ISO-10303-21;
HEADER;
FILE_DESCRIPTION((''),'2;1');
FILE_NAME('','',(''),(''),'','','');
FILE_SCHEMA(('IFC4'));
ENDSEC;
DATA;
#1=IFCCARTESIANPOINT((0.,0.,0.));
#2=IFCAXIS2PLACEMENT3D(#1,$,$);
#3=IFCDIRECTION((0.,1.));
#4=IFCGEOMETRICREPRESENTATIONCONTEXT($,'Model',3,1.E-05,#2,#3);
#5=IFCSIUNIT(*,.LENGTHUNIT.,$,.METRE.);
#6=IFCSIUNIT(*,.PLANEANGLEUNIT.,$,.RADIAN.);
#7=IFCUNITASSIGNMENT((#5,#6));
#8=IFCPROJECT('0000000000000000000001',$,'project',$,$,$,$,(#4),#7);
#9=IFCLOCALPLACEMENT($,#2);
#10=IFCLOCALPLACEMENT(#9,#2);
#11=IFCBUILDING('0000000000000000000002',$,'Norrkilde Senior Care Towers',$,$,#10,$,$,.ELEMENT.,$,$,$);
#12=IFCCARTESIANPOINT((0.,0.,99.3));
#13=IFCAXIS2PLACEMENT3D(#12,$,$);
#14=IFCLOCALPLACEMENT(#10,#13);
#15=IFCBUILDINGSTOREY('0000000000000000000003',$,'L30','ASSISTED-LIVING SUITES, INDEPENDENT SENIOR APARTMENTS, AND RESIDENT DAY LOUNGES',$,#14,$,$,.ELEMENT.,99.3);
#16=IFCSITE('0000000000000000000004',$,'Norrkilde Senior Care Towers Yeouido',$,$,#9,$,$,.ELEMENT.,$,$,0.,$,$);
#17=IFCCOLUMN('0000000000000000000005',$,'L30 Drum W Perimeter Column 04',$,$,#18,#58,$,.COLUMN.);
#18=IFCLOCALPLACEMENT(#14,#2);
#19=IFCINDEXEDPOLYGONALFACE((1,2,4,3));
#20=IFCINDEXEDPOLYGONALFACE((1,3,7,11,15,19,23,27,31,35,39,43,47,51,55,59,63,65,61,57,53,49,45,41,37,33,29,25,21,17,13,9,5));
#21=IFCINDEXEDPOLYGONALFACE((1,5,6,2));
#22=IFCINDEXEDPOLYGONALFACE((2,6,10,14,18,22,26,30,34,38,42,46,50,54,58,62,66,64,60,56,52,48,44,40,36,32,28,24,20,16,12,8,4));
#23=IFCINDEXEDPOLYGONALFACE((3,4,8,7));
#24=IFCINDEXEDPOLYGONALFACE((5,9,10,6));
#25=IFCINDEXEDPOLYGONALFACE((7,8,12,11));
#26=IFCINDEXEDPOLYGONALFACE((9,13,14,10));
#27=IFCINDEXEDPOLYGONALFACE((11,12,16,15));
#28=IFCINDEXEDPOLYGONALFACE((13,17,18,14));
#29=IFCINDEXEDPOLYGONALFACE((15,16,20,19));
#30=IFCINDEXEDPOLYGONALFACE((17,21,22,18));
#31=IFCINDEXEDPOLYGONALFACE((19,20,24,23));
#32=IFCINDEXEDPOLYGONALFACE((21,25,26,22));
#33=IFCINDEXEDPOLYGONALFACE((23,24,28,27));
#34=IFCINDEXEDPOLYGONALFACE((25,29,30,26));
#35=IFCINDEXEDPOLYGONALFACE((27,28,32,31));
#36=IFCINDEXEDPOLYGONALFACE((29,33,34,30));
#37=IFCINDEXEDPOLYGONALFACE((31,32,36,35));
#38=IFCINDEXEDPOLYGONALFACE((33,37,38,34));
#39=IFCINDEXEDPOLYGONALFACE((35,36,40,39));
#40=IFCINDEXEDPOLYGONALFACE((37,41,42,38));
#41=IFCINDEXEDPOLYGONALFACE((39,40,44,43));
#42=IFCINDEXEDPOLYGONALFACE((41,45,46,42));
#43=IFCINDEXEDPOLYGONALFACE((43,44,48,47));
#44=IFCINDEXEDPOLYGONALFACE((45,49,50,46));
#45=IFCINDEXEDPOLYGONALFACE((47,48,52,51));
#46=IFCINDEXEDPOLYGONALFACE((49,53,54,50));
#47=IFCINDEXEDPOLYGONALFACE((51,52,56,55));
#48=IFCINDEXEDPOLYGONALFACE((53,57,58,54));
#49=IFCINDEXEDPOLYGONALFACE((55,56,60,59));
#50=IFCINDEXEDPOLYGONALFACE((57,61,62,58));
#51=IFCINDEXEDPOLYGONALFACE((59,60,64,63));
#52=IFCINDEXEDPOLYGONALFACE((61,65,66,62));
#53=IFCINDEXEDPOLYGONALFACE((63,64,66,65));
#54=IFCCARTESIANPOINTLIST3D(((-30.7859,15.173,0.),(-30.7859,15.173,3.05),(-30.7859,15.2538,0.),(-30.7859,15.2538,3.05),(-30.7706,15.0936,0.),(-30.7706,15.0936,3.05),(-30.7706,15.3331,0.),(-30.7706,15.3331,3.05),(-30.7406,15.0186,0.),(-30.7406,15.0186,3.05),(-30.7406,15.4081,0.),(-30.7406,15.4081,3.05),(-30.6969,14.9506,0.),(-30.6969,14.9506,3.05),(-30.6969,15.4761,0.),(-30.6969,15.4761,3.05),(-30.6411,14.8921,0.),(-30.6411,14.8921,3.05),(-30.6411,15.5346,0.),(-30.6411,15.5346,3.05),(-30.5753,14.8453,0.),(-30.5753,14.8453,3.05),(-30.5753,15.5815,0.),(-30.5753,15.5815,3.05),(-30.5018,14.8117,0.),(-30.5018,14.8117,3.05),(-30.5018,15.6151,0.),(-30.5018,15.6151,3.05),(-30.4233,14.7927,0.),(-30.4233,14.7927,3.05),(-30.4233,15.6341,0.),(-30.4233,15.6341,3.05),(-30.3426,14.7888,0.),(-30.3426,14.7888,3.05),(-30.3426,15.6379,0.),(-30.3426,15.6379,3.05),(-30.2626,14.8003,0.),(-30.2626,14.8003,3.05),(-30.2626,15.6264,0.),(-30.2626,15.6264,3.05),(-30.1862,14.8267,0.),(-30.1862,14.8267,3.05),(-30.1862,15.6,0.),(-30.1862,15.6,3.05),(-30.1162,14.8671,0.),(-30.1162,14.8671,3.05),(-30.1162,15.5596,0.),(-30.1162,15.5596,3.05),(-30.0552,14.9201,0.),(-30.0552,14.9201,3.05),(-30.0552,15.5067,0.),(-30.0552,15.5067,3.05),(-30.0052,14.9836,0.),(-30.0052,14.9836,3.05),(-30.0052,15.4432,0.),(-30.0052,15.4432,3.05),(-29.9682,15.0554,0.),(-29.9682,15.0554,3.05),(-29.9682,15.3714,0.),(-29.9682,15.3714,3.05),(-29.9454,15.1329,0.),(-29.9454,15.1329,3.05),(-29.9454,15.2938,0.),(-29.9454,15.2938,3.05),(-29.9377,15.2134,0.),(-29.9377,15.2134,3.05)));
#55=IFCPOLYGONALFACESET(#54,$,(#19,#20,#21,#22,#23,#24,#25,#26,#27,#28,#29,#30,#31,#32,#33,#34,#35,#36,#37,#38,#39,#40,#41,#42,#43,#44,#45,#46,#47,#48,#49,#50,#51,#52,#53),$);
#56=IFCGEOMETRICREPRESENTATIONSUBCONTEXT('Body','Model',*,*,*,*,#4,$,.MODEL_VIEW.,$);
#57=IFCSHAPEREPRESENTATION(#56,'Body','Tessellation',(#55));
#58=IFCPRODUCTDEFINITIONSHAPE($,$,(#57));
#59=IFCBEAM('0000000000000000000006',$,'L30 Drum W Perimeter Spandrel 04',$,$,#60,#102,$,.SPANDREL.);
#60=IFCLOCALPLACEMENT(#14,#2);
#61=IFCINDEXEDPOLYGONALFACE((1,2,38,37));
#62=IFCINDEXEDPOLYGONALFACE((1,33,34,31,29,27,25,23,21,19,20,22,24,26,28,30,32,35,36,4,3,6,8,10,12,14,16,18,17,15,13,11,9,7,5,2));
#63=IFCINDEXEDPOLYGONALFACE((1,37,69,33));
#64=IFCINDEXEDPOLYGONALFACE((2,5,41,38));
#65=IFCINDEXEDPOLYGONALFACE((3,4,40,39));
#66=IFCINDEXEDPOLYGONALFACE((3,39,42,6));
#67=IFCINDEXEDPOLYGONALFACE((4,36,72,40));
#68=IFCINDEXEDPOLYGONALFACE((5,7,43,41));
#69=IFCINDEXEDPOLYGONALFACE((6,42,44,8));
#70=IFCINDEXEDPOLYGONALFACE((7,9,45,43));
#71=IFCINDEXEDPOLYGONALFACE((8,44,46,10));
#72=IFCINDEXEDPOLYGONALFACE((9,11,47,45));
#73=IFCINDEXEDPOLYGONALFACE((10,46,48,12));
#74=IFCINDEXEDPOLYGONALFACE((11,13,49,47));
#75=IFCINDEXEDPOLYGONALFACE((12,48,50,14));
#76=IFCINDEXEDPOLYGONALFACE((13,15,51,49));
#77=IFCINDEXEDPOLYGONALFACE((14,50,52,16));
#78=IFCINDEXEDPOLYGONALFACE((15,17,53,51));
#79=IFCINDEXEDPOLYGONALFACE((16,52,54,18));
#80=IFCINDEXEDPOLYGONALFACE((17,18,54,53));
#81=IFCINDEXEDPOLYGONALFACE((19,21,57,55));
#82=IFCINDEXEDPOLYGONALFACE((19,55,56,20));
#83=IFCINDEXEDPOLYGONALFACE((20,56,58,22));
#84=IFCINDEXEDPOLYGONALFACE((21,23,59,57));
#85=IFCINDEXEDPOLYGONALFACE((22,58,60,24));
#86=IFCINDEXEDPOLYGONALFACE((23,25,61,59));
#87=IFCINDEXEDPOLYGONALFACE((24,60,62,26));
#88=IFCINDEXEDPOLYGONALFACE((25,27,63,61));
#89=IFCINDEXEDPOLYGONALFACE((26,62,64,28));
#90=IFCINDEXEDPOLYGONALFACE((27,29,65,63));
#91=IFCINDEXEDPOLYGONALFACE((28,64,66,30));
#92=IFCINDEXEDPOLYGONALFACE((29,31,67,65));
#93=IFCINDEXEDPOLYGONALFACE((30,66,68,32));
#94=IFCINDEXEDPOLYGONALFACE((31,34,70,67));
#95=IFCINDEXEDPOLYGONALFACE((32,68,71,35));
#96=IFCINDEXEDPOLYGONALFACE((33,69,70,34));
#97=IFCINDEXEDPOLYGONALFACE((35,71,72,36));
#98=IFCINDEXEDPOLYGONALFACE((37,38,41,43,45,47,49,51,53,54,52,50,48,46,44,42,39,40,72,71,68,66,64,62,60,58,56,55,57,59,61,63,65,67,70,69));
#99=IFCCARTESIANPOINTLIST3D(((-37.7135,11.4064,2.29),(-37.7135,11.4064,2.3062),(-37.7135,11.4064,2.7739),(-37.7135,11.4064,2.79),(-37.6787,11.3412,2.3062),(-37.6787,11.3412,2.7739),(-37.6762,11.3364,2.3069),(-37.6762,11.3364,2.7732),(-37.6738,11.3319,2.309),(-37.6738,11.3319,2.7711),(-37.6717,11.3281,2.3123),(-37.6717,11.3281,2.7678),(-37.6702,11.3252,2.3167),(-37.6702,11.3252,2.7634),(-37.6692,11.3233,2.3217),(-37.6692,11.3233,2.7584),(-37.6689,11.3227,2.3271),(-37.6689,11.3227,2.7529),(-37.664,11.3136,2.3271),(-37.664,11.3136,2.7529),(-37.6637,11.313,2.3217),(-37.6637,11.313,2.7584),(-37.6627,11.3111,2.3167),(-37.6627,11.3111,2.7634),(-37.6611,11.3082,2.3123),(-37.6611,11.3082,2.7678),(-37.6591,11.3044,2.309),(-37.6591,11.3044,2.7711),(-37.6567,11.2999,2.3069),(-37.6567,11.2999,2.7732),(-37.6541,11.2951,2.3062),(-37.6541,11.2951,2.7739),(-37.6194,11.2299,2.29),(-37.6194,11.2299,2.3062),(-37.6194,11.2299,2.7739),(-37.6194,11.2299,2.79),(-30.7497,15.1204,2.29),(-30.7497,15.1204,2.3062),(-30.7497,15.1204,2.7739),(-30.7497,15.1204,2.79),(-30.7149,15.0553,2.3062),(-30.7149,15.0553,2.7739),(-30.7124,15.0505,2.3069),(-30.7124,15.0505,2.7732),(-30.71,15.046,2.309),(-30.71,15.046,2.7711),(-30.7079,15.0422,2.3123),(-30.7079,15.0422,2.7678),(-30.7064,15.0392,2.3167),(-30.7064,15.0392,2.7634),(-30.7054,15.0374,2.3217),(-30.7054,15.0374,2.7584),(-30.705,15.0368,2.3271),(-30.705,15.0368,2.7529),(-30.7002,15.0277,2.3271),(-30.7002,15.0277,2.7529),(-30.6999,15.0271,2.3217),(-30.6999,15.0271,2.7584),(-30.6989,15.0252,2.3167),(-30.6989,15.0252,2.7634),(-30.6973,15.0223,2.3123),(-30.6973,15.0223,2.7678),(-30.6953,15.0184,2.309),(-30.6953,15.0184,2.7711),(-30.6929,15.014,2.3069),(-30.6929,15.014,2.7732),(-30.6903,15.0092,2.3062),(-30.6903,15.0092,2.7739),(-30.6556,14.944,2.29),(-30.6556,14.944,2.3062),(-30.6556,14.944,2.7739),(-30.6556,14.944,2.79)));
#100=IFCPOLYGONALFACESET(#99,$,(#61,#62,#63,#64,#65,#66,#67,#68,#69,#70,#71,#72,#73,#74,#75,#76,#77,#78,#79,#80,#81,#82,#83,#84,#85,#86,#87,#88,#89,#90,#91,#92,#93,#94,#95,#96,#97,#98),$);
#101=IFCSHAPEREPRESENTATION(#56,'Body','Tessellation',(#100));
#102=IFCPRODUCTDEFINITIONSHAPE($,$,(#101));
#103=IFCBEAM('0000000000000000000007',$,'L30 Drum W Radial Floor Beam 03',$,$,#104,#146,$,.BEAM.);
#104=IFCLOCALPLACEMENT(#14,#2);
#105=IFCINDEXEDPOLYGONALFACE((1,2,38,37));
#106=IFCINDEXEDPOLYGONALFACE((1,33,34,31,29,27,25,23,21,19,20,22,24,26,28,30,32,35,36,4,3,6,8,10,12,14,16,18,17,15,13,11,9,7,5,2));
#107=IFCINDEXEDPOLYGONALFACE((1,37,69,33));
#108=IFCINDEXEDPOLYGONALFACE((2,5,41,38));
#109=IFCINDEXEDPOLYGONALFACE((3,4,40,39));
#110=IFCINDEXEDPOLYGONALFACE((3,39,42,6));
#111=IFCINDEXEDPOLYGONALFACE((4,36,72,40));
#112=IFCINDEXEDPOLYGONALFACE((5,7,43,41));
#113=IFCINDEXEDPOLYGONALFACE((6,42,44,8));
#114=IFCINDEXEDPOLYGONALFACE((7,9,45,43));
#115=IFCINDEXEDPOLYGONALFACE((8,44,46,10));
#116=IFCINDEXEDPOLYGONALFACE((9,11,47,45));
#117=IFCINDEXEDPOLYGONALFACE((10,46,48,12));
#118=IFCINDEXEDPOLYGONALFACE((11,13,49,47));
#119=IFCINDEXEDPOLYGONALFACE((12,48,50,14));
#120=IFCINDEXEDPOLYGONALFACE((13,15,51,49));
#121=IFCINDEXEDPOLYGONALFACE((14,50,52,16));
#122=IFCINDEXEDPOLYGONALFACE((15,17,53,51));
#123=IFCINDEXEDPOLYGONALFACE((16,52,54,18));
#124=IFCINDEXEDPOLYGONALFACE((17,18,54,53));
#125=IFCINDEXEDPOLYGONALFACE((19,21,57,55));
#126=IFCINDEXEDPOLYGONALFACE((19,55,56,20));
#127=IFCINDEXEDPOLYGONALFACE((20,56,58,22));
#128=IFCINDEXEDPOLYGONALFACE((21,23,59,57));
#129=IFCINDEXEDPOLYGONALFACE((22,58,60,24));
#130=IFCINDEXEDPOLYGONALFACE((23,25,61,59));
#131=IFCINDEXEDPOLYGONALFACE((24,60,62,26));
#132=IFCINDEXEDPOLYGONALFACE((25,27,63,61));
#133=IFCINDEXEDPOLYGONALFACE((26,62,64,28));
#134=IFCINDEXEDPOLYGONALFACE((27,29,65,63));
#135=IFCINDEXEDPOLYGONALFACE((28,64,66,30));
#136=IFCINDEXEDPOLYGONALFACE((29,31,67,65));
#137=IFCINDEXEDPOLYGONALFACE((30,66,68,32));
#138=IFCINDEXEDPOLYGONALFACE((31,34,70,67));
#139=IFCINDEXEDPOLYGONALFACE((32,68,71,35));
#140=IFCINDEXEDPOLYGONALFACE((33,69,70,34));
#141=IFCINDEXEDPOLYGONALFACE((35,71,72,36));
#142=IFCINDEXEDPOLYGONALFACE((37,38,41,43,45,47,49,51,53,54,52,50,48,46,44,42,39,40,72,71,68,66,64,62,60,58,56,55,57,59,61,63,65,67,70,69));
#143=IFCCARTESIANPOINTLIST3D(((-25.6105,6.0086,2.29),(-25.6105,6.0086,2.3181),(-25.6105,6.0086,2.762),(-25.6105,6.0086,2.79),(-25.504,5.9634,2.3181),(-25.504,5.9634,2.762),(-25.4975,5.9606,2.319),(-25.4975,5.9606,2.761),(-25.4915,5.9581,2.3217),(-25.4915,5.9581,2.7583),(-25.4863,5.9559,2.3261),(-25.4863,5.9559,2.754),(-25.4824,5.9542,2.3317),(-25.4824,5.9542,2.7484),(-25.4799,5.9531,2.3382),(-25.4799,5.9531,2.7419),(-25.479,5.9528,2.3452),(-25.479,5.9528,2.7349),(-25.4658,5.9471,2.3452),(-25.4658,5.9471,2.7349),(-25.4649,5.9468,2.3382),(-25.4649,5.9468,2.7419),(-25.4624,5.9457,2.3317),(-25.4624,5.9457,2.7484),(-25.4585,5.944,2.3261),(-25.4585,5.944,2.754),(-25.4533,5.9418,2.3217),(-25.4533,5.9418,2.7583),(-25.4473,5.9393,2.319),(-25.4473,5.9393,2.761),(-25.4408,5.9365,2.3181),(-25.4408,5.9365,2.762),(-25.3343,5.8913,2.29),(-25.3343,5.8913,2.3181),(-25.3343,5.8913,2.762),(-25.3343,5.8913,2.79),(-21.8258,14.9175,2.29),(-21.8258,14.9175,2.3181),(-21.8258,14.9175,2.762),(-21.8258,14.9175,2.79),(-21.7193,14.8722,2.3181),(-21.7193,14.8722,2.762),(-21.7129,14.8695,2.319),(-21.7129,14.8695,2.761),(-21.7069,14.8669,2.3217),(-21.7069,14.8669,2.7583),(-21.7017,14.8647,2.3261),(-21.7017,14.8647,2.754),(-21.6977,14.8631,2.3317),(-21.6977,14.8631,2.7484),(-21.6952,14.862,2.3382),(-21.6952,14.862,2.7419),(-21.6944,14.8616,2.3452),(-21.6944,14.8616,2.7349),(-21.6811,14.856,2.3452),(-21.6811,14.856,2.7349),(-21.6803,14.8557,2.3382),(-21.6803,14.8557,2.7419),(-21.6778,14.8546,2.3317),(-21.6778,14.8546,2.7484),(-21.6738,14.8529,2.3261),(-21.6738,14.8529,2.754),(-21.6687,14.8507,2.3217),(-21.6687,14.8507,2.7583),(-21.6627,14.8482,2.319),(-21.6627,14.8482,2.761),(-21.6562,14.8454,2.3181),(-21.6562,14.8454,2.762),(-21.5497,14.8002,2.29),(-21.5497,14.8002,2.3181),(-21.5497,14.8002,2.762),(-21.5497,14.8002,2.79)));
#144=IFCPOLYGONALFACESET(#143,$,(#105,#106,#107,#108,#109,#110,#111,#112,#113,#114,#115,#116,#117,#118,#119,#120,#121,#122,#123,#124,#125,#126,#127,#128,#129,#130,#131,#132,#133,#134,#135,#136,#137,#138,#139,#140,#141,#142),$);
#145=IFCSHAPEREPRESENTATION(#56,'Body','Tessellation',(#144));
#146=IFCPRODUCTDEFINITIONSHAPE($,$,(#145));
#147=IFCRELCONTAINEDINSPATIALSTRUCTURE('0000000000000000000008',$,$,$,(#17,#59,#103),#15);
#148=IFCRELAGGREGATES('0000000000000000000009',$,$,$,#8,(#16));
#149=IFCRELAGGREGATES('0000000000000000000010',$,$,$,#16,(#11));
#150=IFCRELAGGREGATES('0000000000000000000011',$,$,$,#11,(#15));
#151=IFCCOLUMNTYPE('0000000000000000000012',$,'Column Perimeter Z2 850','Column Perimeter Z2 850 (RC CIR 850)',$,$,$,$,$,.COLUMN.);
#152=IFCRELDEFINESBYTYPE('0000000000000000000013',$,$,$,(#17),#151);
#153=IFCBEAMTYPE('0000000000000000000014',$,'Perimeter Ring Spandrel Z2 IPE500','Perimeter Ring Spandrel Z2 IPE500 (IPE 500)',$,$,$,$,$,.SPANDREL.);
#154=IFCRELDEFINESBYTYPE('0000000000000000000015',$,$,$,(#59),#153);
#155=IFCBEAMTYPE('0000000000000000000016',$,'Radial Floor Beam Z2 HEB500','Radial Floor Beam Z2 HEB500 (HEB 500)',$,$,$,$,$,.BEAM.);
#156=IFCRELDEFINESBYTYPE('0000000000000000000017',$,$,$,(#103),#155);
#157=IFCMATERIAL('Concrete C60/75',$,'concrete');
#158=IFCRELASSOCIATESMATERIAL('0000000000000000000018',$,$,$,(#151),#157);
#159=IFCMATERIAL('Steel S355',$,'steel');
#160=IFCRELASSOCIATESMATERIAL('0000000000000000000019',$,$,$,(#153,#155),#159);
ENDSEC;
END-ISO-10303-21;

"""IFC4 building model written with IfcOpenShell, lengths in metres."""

from ifc_helpers import new_model, si_unit, direction, frame, origin, origin_2d, place, context, subcontext, project, spatial, circle, i_section, extrude, source, transform, mapped, material, material_profile, profile_set, type_object, type_shapes, element, save


model = new_model("IFC4")

# Units and contexts
model_context = context("Model", 3, precision=1e-05, world=origin(), true_north=direction((0.0, 1.0)))
body_context = subcontext(model_context, "Body", "Model", "MODEL_VIEW")
ifc_project = project(units=[si_unit("LENGTHUNIT", "METRE"), si_unit("PLANEANGLEUNIT", "RADIAN")], contexts=[model_context])

# Site, building, storey
site_placement = place(None, origin())
site = spatial("IfcSite", under=ifc_project, at=site_placement, Name="Norrkilde Senior Care Towers Yeouido", CompositionType="ELEMENT", RefElevation=0.0)
building_placement = place(site_placement, origin())
building = spatial("IfcBuilding", under=site, at=building_placement, Name="Norrkilde Senior Care Towers", CompositionType="ELEMENT")
storey_placement = place(building_placement, frame((0.0, 0.0, 99.3)))
storey = spatial("IfcBuildingStorey", under=building, at=storey_placement, Name="L30", Description="ASSISTED-LIVING SUITES, INDEPENDENT SENIOR APARTMENTS, AND RESIDENT DAY LOUNGES", CompositionType="ELEMENT", Elevation=99.3)

# Column
ifc_material_1 = material(Name="Concrete C60/75", Category="concrete")
ifc_material_profile_1 = material_profile(ifc_material_1, circle(Radius=0.425, at=origin_2d()), Name="RC CIR 850")
ifc_profile_set_1 = profile_set([ifc_material_profile_1], Name="Concrete C60/75")
column_type = type_object("IfcColumnType", Name="Column Perimeter Z2 850", Description="Column Perimeter Z2 850 (RC CIR 850)", PredefinedType="COLUMN", material=ifc_profile_set_1)
shared_shape_1 = source(origin(), body_context, "Body", "SweptSolid", [
    extrude(circle(Radius=0.425, at=origin_2d()), origin(), (0.0, 0.0, 1.0), 3.05),
])
type_shapes(column_type, [shared_shape_1])
column_placement = place(storey_placement, frame((-30.3628, 15.2134, 0.0), z_axis=(0.0, 0.0, 1.0), x_axis=(1.0, 0.0, 0.0)))
element("IfcColumn", 1, at=column_placement, inside=storey, type_object=column_type, Name="L30 Drum W Perimeter Column 04", PredefinedType="COLUMN", context=body_context, shape_type="MappedRepresentation", body=[
    mapped(shared_shape_1, transform((0.0, 0.0, 0.0), x_axis=(1.0, 0.0, 0.0), y_axis=(0.0, 1.0, 0.0), z_axis=(0.0, 0.0, 1.0), scale=1.0)),
])

# Beams
ifc_material_2 = material(Name="Steel S355", Category="steel")
ifc_material_profile_2 = material_profile(ifc_material_2, i_section(OverallWidth=0.2, OverallDepth=0.5, WebThickness=0.0103, FlangeThickness=0.0161, FilletRadius=0.021, at=origin_2d()), Name="IPE 500")
ifc_profile_set_2 = profile_set([ifc_material_profile_2], Name="Steel S355")
beam_type_1 = type_object("IfcBeamType", Name="Perimeter Ring Spandrel Z2 IPE500", Description="Perimeter Ring Spandrel Z2 IPE500 (IPE 500)", PredefinedType="SPANDREL", material=ifc_profile_set_2)
shared_shape_2 = source(origin(), body_context, "Body", "SweptSolid", [
    extrude(i_section(OverallWidth=0.2, OverallDepth=0.5, WebThickness=0.0103, FlangeThickness=0.0161, FilletRadius=0.021, at=origin_2d()), origin(), (0.0, 0.0, 1.0), 7.8923),
])
type_shapes(beam_type_1, [shared_shape_2])
beam_1_placement = place(storey_placement, frame((-30.7026, 15.0322, 2.54), z_axis=(-0.88235, -0.470593, 0.0), x_axis=(0.470593, -0.88235, 0.0)))
element("IfcBeam", 2, at=beam_1_placement, inside=storey, type_object=beam_type_1, Name="L30 Drum W Perimeter Spandrel 04", PredefinedType="SPANDREL", context=body_context, shape_type="MappedRepresentation", body=[
    mapped(shared_shape_2, transform((0.0, 0.0, 0.0), x_axis=(1.0, 0.0, 0.0), y_axis=(0.0, 1.0, 0.0), z_axis=(0.0, 0.0, 1.0), scale=1.0)),
])
ifc_material_profile_3 = material_profile(ifc_material_2, i_section(OverallWidth=0.3, OverallDepth=0.5, WebThickness=0.0144, FlangeThickness=0.0281, FilletRadius=0.0271, at=origin_2d()), Name="HEB 500")
ifc_profile_set_3 = profile_set([ifc_material_profile_3], Name="Steel S355")
beam_type_2 = type_object("IfcBeamType", Name="Radial Floor Beam Z2 HEB500", Description="Radial Floor Beam Z2 HEB500 (HEB 500)", PredefinedType="BEAM", material=ifc_profile_set_3)
shared_shape_3 = source(origin(), body_context, "Body", "SweptSolid", [
    extrude(i_section(OverallWidth=0.3, OverallDepth=0.5, WebThickness=0.0144, FlangeThickness=0.0281, FilletRadius=0.0271, at=origin_2d()), origin(), (0.0, 0.0, 1.0), 9.6794),
])
beam_2_placement = place(storey_placement, frame((-25.4724, 5.95, 2.54), z_axis=(0.390998, 0.920392, 0.0), x_axis=(-0.920392, 0.390998, 0.0)))
element("IfcBeam", 3, at=beam_2_placement, inside=storey, type_object=beam_type_2, Name="L30 Drum W Radial Floor Beam 03", PredefinedType="BEAM", context=body_context, shape_type="MappedRepresentation", body=[
    mapped(shared_shape_3, transform((0.0, 0.0, 0.0), x_axis=(1.0, 0.0, 0.0), y_axis=(0.0, 1.0, 0.0), z_axis=(0.0, 0.0, 1.0), scale=1.0)),
])

save(model, "model.ifc")
